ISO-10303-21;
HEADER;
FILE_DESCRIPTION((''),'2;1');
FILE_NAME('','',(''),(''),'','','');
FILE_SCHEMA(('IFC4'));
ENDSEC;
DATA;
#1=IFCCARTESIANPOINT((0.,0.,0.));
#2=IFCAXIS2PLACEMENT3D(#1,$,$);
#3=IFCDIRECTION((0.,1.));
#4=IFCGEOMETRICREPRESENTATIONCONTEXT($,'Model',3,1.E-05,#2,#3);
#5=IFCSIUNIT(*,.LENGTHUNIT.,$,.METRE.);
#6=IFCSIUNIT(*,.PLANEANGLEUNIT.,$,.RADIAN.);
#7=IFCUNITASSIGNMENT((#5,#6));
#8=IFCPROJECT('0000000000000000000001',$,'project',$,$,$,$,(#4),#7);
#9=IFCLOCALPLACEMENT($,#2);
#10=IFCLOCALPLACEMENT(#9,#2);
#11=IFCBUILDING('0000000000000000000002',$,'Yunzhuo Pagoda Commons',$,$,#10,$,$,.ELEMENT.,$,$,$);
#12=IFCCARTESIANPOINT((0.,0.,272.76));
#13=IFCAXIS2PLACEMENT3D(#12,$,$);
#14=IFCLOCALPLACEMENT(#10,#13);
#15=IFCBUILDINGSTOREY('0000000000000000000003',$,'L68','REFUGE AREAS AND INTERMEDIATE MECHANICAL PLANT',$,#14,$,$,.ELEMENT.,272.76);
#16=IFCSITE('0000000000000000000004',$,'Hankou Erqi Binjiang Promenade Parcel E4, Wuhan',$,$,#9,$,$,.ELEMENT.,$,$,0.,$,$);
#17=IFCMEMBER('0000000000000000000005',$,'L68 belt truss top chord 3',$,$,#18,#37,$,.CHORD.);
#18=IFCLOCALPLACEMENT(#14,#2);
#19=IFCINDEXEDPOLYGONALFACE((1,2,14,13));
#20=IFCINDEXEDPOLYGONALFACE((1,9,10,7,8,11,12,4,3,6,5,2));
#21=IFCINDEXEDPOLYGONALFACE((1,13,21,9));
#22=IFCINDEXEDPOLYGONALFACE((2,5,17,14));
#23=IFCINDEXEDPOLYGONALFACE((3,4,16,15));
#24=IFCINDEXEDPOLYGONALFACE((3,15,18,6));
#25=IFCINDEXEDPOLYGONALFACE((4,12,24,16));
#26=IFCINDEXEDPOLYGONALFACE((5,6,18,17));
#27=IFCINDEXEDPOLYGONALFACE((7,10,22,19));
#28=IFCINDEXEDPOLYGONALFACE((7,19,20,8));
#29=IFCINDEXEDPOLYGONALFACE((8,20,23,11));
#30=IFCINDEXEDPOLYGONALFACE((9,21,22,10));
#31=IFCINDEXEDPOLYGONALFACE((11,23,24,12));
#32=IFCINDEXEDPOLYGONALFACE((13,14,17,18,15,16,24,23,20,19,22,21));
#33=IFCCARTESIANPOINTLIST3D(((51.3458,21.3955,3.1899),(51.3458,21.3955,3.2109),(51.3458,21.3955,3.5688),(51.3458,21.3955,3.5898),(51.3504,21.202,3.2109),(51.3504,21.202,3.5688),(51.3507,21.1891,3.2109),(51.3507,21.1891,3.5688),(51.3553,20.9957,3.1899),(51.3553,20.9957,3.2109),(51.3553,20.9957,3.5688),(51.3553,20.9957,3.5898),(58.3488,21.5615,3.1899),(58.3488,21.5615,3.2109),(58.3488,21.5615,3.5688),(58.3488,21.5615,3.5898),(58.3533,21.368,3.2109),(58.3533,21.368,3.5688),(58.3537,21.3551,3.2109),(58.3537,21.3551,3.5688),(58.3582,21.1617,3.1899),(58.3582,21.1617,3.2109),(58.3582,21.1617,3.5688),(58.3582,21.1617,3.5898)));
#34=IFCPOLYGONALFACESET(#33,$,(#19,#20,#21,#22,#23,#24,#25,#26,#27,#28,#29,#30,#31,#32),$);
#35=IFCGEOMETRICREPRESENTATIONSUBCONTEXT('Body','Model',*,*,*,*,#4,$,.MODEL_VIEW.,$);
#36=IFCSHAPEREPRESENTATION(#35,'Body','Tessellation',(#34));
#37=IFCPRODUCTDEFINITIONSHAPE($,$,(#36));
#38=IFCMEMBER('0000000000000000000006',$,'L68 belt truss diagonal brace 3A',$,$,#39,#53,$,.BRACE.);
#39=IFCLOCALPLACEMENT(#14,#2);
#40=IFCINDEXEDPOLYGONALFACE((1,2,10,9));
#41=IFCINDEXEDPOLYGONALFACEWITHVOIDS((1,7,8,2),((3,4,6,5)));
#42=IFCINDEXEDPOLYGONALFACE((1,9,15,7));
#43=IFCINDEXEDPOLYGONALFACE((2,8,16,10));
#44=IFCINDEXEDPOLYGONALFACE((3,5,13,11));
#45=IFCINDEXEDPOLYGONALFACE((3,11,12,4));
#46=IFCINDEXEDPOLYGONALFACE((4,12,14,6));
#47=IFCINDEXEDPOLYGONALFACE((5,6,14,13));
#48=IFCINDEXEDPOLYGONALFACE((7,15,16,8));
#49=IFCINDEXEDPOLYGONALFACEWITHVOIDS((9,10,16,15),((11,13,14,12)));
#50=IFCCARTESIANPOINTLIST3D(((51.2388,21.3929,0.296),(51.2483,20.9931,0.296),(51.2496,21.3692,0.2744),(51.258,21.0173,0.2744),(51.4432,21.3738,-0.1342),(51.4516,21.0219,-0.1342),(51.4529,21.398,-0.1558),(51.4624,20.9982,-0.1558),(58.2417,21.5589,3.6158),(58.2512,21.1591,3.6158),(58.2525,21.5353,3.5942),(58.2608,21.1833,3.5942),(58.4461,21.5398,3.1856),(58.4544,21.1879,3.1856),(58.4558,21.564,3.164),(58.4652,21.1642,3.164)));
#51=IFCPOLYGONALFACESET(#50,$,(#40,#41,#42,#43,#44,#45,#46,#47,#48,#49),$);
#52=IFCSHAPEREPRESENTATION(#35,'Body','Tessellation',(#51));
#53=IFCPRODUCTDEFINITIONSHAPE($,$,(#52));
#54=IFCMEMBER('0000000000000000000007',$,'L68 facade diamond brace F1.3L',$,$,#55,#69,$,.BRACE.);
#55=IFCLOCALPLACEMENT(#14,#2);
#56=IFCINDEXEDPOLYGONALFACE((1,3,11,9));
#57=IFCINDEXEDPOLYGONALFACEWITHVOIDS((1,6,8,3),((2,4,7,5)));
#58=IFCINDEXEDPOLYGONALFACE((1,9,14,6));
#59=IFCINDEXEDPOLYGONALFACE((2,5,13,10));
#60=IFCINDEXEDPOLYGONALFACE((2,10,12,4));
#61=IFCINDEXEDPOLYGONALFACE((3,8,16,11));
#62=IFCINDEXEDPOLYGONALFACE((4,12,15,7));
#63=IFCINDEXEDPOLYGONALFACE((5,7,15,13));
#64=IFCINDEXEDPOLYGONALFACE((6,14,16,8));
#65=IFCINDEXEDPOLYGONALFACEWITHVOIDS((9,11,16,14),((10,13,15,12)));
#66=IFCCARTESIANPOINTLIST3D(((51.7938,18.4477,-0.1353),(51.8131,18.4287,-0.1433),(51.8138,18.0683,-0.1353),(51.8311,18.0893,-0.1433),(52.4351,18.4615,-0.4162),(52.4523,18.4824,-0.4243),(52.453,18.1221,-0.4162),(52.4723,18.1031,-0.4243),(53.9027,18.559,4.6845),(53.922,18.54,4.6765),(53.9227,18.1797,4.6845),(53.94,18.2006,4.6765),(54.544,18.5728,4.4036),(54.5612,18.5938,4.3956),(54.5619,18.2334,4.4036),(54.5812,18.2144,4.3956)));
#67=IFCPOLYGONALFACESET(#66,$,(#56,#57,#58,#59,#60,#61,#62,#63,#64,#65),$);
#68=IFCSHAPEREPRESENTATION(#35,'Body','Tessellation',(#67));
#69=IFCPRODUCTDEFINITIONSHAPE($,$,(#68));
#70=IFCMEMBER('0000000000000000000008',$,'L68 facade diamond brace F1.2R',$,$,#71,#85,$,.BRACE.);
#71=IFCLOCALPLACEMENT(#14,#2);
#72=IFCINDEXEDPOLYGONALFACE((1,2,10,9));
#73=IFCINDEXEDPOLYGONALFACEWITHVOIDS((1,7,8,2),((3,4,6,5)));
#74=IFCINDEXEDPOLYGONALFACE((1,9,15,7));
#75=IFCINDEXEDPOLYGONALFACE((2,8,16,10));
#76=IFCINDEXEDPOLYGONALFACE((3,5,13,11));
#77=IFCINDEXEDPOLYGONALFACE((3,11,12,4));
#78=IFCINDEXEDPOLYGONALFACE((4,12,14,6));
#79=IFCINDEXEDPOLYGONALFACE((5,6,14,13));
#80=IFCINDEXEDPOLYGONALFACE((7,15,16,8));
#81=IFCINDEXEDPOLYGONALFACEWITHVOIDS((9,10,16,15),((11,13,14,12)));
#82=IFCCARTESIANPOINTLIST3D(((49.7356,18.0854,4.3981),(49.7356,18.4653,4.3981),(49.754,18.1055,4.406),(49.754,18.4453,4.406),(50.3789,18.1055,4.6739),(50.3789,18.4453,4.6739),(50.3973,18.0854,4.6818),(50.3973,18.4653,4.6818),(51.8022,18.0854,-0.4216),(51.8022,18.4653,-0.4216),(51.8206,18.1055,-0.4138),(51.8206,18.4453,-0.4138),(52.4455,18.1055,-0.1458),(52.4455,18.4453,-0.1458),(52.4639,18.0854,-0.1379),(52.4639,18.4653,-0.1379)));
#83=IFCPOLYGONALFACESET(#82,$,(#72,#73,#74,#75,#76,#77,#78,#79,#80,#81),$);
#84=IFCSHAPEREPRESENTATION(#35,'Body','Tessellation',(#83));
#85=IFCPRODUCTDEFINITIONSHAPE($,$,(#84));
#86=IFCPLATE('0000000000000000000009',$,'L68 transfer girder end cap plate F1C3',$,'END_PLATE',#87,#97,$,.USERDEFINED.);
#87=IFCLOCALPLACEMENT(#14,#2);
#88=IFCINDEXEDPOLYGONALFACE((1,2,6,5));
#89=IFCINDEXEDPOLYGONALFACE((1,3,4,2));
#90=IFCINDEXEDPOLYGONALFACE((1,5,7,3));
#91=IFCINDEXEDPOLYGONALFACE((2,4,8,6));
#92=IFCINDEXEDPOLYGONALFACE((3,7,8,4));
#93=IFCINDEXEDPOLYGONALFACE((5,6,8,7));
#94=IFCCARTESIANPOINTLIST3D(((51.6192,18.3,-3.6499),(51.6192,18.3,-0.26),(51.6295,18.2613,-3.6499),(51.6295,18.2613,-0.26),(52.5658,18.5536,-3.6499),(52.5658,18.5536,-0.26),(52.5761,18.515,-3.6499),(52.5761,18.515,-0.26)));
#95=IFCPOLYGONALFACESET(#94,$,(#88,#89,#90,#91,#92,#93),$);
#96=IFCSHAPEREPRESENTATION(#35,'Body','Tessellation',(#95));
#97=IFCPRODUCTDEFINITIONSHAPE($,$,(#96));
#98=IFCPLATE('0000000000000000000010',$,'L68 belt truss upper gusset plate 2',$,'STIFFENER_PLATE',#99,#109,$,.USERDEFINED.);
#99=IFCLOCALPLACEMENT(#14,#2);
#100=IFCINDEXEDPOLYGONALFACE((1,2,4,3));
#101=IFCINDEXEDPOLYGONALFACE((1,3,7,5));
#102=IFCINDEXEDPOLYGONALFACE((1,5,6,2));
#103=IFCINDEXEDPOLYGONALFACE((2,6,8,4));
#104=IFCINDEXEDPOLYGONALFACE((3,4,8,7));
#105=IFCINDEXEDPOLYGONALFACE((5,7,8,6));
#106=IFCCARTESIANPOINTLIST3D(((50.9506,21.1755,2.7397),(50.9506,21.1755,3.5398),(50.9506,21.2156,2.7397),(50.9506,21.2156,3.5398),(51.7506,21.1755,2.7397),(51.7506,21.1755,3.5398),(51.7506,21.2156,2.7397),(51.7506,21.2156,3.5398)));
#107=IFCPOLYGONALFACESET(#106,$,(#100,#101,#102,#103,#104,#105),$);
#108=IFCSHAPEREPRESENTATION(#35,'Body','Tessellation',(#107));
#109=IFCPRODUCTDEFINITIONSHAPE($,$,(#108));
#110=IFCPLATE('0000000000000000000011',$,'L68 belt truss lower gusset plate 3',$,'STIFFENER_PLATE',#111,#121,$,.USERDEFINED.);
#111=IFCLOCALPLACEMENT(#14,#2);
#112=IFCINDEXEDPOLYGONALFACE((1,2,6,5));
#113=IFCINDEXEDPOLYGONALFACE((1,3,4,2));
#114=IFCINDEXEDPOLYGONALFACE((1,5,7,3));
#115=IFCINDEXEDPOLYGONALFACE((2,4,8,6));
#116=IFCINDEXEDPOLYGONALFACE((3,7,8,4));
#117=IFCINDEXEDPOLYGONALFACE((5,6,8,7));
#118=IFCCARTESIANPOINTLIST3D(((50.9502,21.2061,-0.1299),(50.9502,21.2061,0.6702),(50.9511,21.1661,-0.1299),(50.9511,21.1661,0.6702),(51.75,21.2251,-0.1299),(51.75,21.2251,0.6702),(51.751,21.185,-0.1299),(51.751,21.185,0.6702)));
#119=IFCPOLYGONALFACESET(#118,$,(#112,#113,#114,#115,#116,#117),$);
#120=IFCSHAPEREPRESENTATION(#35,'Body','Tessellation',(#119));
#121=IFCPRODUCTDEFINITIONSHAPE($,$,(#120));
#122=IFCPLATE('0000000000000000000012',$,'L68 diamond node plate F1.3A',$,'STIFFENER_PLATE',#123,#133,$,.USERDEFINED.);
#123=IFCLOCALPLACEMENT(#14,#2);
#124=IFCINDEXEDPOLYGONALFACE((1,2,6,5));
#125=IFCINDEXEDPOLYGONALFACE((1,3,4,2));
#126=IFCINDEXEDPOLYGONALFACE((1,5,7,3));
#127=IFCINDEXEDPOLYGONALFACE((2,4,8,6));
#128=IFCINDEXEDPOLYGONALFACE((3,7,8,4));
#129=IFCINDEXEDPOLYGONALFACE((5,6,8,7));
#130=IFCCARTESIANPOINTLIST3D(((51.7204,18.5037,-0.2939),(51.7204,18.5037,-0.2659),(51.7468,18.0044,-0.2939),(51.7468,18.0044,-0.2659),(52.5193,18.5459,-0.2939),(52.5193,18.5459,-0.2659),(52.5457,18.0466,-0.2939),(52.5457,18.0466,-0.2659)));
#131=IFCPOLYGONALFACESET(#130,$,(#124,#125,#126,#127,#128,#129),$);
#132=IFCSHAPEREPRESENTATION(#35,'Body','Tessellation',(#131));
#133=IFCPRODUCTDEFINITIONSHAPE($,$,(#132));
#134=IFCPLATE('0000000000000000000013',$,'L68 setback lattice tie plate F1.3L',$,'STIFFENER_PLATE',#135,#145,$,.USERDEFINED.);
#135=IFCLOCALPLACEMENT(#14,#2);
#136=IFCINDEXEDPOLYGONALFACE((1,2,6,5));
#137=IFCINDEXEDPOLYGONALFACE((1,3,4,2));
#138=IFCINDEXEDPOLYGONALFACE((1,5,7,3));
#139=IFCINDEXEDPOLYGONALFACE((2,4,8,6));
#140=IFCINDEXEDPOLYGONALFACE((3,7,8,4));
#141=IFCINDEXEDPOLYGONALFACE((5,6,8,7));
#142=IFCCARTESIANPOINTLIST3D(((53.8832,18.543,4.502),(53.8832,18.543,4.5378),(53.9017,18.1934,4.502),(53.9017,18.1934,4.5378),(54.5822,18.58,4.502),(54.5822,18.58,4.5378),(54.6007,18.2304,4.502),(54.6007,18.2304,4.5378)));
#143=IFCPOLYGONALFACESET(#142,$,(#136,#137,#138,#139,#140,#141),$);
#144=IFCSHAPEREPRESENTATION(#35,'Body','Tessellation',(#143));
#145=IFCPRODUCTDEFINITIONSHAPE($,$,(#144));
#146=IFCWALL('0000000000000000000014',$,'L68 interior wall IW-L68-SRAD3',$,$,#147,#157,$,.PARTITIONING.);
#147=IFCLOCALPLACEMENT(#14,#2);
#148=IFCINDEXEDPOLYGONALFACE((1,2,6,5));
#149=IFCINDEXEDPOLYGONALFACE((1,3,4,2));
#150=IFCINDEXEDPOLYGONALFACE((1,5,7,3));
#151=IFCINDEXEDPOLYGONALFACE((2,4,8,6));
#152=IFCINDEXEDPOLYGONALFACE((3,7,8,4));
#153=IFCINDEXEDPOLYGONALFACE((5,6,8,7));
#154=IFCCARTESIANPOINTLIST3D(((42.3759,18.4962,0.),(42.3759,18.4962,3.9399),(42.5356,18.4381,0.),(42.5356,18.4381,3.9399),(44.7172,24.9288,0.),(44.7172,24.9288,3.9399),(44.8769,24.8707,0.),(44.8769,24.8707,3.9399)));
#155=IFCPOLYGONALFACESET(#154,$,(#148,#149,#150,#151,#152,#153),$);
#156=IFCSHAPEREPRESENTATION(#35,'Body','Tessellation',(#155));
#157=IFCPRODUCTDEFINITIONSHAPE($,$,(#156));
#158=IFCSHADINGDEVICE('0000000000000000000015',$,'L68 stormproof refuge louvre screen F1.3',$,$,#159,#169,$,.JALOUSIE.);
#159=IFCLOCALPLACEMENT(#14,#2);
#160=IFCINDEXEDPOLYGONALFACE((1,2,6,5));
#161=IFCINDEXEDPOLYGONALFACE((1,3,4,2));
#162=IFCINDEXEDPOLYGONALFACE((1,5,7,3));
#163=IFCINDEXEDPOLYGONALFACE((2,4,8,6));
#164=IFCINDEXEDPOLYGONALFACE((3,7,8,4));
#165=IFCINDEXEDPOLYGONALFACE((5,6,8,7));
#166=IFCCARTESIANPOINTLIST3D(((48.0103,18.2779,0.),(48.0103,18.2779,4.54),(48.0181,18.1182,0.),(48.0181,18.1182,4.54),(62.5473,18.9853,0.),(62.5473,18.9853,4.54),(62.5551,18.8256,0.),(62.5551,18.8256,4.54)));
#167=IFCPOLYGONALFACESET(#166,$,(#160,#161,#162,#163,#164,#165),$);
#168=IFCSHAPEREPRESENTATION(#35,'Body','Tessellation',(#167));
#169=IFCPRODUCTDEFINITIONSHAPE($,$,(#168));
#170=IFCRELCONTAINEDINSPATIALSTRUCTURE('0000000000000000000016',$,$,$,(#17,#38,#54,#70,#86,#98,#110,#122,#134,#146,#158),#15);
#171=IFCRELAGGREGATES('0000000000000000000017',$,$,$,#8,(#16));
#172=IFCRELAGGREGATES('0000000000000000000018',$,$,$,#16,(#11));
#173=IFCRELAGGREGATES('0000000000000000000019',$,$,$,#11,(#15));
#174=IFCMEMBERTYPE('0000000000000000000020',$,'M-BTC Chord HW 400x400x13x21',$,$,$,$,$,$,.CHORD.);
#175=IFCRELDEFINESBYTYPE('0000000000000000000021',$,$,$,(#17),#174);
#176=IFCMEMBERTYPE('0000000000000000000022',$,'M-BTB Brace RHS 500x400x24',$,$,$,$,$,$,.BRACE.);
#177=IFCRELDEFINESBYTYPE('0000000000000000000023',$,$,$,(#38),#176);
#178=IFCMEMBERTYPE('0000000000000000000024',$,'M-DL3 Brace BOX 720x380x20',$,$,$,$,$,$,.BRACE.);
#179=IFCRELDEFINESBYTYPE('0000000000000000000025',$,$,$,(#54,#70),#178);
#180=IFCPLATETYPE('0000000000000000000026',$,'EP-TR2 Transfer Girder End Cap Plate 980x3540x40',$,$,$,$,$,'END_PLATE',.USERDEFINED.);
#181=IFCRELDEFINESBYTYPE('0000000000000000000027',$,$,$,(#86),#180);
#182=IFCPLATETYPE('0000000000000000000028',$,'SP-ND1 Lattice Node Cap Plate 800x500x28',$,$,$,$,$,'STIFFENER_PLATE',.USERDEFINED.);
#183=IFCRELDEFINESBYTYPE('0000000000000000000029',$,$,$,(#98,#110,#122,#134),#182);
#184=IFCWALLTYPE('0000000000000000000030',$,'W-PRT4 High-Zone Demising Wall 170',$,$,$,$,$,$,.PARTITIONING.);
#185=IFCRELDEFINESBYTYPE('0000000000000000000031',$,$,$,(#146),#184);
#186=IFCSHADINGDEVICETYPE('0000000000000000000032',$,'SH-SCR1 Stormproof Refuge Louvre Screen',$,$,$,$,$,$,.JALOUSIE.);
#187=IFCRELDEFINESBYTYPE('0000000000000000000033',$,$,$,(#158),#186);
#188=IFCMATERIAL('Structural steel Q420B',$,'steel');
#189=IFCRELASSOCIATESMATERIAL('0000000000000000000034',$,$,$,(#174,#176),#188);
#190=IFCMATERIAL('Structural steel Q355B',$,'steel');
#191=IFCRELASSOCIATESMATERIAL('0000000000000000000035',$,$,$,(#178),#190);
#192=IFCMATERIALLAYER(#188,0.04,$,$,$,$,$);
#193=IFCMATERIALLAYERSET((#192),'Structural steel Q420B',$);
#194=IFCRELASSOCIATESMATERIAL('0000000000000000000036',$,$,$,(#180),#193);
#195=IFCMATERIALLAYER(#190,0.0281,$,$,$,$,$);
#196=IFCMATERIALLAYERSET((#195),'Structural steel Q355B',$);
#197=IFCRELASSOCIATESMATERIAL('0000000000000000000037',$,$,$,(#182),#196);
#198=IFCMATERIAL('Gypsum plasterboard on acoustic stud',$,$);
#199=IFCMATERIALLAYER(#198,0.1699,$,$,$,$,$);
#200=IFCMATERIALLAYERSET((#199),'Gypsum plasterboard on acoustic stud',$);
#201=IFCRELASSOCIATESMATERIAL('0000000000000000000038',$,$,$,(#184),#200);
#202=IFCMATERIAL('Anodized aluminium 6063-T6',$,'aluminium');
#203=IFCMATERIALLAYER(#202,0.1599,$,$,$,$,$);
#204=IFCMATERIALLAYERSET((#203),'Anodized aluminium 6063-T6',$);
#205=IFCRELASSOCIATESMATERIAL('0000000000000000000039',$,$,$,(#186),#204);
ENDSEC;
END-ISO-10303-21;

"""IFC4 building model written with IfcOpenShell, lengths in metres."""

from ifc_helpers import new_model, si_unit, direction, frame, frame_2d, origin, origin_2d, place, context, subcontext, project, spatial, rectangle, hollow_rectangle, i_section, extrude, source, transform, mapped, material, layer, layer_set, material_profile, profile_set, type_object, element, save


model = new_model("IFC4")

# Units and contexts
model_context = context("Model", 3, precision=1e-05, world=origin(), true_north=direction((0.0, 1.0)))
body_context = subcontext(model_context, "Body", "Model", "MODEL_VIEW")
ifc_project = project(units=[si_unit("LENGTHUNIT", "METRE"), si_unit("PLANEANGLEUNIT", "RADIAN")], contexts=[model_context])

# Site, building, storey
site_placement = place(None, origin())
site = spatial("IfcSite", under=ifc_project, at=site_placement, Name="Hankou Erqi Binjiang Promenade Parcel E4, Wuhan", CompositionType="ELEMENT", RefElevation=0.0)
building_placement = place(site_placement, origin())
building = spatial("IfcBuilding", under=site, at=building_placement, Name="Yunzhuo Pagoda Commons", CompositionType="ELEMENT")
storey_placement = place(building_placement, frame((0.0, 0.0, 272.76)))
storey = spatial("IfcBuildingStorey", under=building, at=storey_placement, Name="L68", Description="REFUGE AREAS AND INTERMEDIATE MECHANICAL PLANT", CompositionType="ELEMENT", Elevation=272.76)

# Shared definitions
ifc_material_1 = material(Name="Structural steel Q355B", Category="steel")

# Shared definitions
ifc_material_2 = material(Name="Structural steel Q420B", Category="steel")

# Members
ifc_material_profile_1 = material_profile(ifc_material_2, i_section(OverallWidth=0.3999, OverallDepth=0.3999, WebThickness=0.0129, FlangeThickness=0.021, at=origin_2d()), Name="Structural steel Q420B")
ifc_profile_set_1 = profile_set([ifc_material_profile_1], Name="Structural steel Q420B")
member_type_1 = type_object("IfcMemberType", Name="M-BTC Chord HW 400x400x13x21", PredefinedType="CHORD", material=ifc_profile_set_1)
shared_shape_1 = source(origin(), body_context, "Body", "SweptSolid", [
    extrude(i_section(OverallWidth=0.3999, OverallDepth=0.3999, WebThickness=0.0129, FlangeThickness=0.021, at=origin_2d()), origin(), (0.0, 0.0, 1.0), 7.0049),
])
for number, where, z_axis, x_axis, name in (
    (1, (51.3506, 21.1956, 3.3899), (0.999719, 0.0237, 0.0), (-0.0237, 0.999719, 0.0), "L68 belt truss top chord 3"),
):
    element("IfcMember", number, at=place(storey_placement, frame(where, z_axis=z_axis, x_axis=x_axis)), inside=storey, type_object=member_type_1, Name=name, PredefinedType="CHORD", context=body_context, shape_type="MappedRepresentation", body=[
        mapped(shared_shape_1, transform((0.0, 0.0, 0.0), scale=1.0)),
    ])
ifc_material_profile_2 = material_profile(ifc_material_2, hollow_rectangle(XDim=0.3999, YDim=0.5, WallThickness=0.0239, at=origin_2d()), Name="Structural steel Q420B")
ifc_profile_set_2 = profile_set([ifc_material_profile_2], Name="Structural steel Q420B")
member_type_2 = type_object("IfcMemberType", Name="M-BTB Brace RHS 500x400x24", PredefinedType="BRACE", material=ifc_profile_set_2)
shared_shape_2 = source(origin(), body_context, "Body", "SweptSolid", [
    extrude(hollow_rectangle(XDim=0.3999, YDim=0.5, WallThickness=0.0239, at=origin_2d()), origin(), (0.0, 0.0, 1.0), 7.7517),
])
member_1_placement = place(storey_placement, frame((51.3506, 21.1956, 0.0701), z_axis=(0.903398, 0.021417, 0.428267), x_axis=(-0.0237, 0.999719, 0.0)))
element("IfcMember", 2, at=member_1_placement, inside=storey, type_object=member_type_2, Name="L68 belt truss diagonal brace 3A", PredefinedType="BRACE", context=body_context, shape_type="MappedRepresentation", body=[
    mapped(shared_shape_2, transform((0.0, 0.0, 0.0), scale=1.0)),
])
ifc_material_profile_3 = material_profile(ifc_material_1, hollow_rectangle(XDim=0.3799, YDim=0.72, WallThickness=0.02, at=origin_2d()), Name="Structural steel Q355B")
ifc_profile_set_3 = profile_set([ifc_material_profile_3], Name="Structural steel Q355B")
member_type_3 = type_object("IfcMemberType", Name="M-DL3 Brace BOX 720x380x20", PredefinedType="BRACE", material=ifc_profile_set_3)
shared_shape_3 = source(origin(), body_context, "Body", "SweptSolid", [
    extrude(hollow_rectangle(XDim=0.3799, YDim=0.72, WallThickness=0.02, at=origin_2d()), origin(), (0.0, 0.0, 1.0), 5.2622),
])
member_2_placement = place(storey_placement, frame((52.1331, 18.2754, -0.2798), z_axis=(0.400763, 0.021156, 0.915937), x_axis=(-0.052717, 0.99861, 0.0)))
element("IfcMember", 3, at=member_2_placement, inside=storey, type_object=member_type_3, Name="L68 facade diamond brace F1.3L", PredefinedType="BRACE", context=body_context, shape_type="MappedRepresentation", body=[
    mapped(shared_shape_3, transform((0.0, 0.0, 0.0), scale=1.0)),
])
shared_shape_4 = source(origin(), body_context, "Body", "SweptSolid", [
    extrude(hollow_rectangle(XDim=0.3799, YDim=0.72, WallThickness=0.02, at=origin_2d()), origin(), (0.0, 0.0, 1.0), 5.2441),
])
member_3_placement = place(storey_placement, frame((52.1331, 18.2754, -0.2798), z_axis=(-0.394082, 0.0, 0.919075), x_axis=(0.0, -1.0, 0.0)))
element("IfcMember", 4, at=member_3_placement, inside=storey, type_object=member_type_3, Name="L68 facade diamond brace F1.2R", PredefinedType="BRACE", context=body_context, shape_type="MappedRepresentation", body=[
    mapped(shared_shape_4, transform((0.0, 0.0, 0.0), scale=1.0)),
])

# Plates
ifc_layer_1 = layer(ifc_material_2, 0.04)
ifc_layer_set_1 = layer_set([ifc_layer_1], Name="Structural steel Q420B")
plate_type_1 = type_object("IfcPlateType", Name="EP-TR2 Transfer Girder End Cap Plate 980x3540x40", ElementType="END_PLATE", PredefinedType="USERDEFINED", material=ifc_layer_set_1)
shared_shape_5 = source(origin(), body_context, "Body", "SweptSolid", [
    extrude(rectangle(XDim=0.98, YDim=0.04, at=origin_2d()), origin(), (0.0, 0.0, 1.0), 3.3899),
])
plate_1_placement = place(storey_placement, frame((52.0977, 18.4075, -3.6499), z_axis=(0.0, 0.0, 1.0), x_axis=(0.965926, 0.258819, 0.0)))
element("IfcPlate", 5, at=plate_1_placement, inside=storey, type_object=plate_type_1, Name="L68 transfer girder end cap plate F1C3", ObjectType="END_PLATE", PredefinedType="USERDEFINED", context=body_context, shape_type="MappedRepresentation", body=[
    mapped(shared_shape_5, transform((0.0, 0.0, 0.0), scale=1.0)),
])
ifc_layer_2 = layer(ifc_material_1, 0.0281)
ifc_layer_set_2 = layer_set([ifc_layer_2], Name="Structural steel Q355B")
plate_type_2 = type_object("IfcPlateType", Name="SP-ND1 Lattice Node Cap Plate 800x500x28", ElementType="STIFFENER_PLATE", PredefinedType="USERDEFINED", material=ifc_layer_set_2)
shared_shape_6 = source(origin(), body_context, "Body", "SweptSolid", [
    extrude(rectangle(XDim=0.8, YDim=0.04, at=origin_2d()), origin(), (0.0, 0.0, 1.0), 0.8),
])
for number, where, z_axis, x_axis, name in (
    (6, (51.3506, 21.1956, 2.7397), (0.0, 0.0, 1.0), (1.0, 0.0, 0.0), "L68 belt truss upper gusset plate 2"),
    (7, (51.3506, 21.1956, -0.1299), (0.0, 0.0, 1.0), (0.999719, 0.023717, 0.0), "L68 belt truss lower gusset plate 3"),
):
    element("IfcPlate", number, at=place(storey_placement, frame(where, z_axis=z_axis, x_axis=x_axis)), inside=storey, type_object=plate_type_2, Name=name, ObjectType="STIFFENER_PLATE", PredefinedType="USERDEFINED", context=body_context, shape_type="MappedRepresentation", body=[
        mapped(shared_shape_6, transform((0.0, 0.0, 0.0), scale=1.0)),
    ])
shared_shape_7 = source(origin(), body_context, "Body", "SweptSolid", [
    extrude(rectangle(XDim=0.8, YDim=0.5, at=origin_2d()), origin(), (0.0, 0.0, 1.0), 0.0281),
])
plate_2_placement = place(storey_placement, frame((52.1331, 18.2751, -0.2939), z_axis=(0.0, 0.0, 1.0), x_axis=(0.998604, 0.052824, 0.0)))
element("IfcPlate", 8, at=plate_2_placement, inside=storey, type_object=plate_type_2, Name="L68 diamond node plate F1.3A", ObjectType="STIFFENER_PLATE", PredefinedType="USERDEFINED", context=body_context, shape_type="MappedRepresentation", body=[
    mapped(shared_shape_7, transform((0.0, 0.0, 0.0), scale=1.0)),
])
shared_shape_8 = source(origin(), body_context, "Body", "SweptSolid", [
    extrude(rectangle(XDim=0.7, YDim=0.3501, at=origin_2d()), origin(), (0.0, 0.0, 1.0), 0.0359),
])
plate_3_placement = place(storey_placement, frame((54.2419, 18.3867, 4.502), z_axis=(0.0, 0.0, 1.0), x_axis=(0.998604, 0.052824, 0.0)))
element("IfcPlate", 9, at=plate_3_placement, inside=storey, type_object=plate_type_2, Name="L68 setback lattice tie plate F1.3L", ObjectType="STIFFENER_PLATE", PredefinedType="USERDEFINED", context=body_context, shape_type="MappedRepresentation", body=[
    mapped(shared_shape_8, transform((0.0, 0.0, 0.0), scale=1.0)),
])

# Wall
ifc_material_3 = material(Name="Gypsum plasterboard on acoustic stud")
ifc_layer_3 = layer(ifc_material_3, 0.1699)
ifc_layer_set_3 = layer_set([ifc_layer_3], Name="Gypsum plasterboard on acoustic stud")
wall_type = type_object("IfcWallType", Name="W-PRT4 High-Zone Demising Wall 170", PredefinedType="PARTITIONING", material=ifc_layer_set_3)
wall_placement = place(storey_placement, frame((44.7971, 24.8999, 0.0), z_axis=(0.0, 0.0, 1.0), x_axis=(-0.342024, -0.939691, 0.0)))
element("IfcWall", 10, at=wall_placement, inside=storey, type_object=wall_type, Name="L68 interior wall IW-L68-SRAD3", PredefinedType="PARTITIONING", context=body_context, shape_type="SweptSolid", body=[
    extrude(rectangle(XDim=6.8455, YDim=0.1699, at=frame_2d((3.4229, 0.0))), origin(), (0.0, 0.0, 1.0), 3.9399),
])

# Shading device
ifc_material_4 = material(Name="Anodized aluminium 6063-T6", Category="aluminium")
ifc_layer_4 = layer(ifc_material_4, 0.1599)
ifc_layer_set_4 = layer_set([ifc_layer_4], Name="Anodized aluminium 6063-T6")
shading_device_type = type_object("IfcShadingDeviceType", Name="SH-SCR1 Stormproof Refuge Louvre Screen", PredefinedType="JALOUSIE", material=ifc_layer_set_4)
shared_shape_9 = source(origin(), body_context, "Body", "SweptSolid", [
    extrude(rectangle(XDim=14.5542, YDim=0.1599, at=origin_2d()), origin(), (0.0, 0.0, 1.0), 4.54),
])
shading_device_placement = place(storey_placement, frame((55.2827, 18.5518, 0.0), z_axis=(0.0, 0.0, 1.0), x_axis=(0.998818, 0.048606, 0.0)))
element("IfcShadingDevice", 11, at=shading_device_placement, inside=storey, type_object=shading_device_type, Name="L68 stormproof refuge louvre screen F1.3", PredefinedType="JALOUSIE", context=body_context, shape_type="MappedRepresentation", body=[
    mapped(shared_shape_9, transform((0.0, 0.0, 0.0), scale=1.0)),
])

save(model, "model.ifc")
